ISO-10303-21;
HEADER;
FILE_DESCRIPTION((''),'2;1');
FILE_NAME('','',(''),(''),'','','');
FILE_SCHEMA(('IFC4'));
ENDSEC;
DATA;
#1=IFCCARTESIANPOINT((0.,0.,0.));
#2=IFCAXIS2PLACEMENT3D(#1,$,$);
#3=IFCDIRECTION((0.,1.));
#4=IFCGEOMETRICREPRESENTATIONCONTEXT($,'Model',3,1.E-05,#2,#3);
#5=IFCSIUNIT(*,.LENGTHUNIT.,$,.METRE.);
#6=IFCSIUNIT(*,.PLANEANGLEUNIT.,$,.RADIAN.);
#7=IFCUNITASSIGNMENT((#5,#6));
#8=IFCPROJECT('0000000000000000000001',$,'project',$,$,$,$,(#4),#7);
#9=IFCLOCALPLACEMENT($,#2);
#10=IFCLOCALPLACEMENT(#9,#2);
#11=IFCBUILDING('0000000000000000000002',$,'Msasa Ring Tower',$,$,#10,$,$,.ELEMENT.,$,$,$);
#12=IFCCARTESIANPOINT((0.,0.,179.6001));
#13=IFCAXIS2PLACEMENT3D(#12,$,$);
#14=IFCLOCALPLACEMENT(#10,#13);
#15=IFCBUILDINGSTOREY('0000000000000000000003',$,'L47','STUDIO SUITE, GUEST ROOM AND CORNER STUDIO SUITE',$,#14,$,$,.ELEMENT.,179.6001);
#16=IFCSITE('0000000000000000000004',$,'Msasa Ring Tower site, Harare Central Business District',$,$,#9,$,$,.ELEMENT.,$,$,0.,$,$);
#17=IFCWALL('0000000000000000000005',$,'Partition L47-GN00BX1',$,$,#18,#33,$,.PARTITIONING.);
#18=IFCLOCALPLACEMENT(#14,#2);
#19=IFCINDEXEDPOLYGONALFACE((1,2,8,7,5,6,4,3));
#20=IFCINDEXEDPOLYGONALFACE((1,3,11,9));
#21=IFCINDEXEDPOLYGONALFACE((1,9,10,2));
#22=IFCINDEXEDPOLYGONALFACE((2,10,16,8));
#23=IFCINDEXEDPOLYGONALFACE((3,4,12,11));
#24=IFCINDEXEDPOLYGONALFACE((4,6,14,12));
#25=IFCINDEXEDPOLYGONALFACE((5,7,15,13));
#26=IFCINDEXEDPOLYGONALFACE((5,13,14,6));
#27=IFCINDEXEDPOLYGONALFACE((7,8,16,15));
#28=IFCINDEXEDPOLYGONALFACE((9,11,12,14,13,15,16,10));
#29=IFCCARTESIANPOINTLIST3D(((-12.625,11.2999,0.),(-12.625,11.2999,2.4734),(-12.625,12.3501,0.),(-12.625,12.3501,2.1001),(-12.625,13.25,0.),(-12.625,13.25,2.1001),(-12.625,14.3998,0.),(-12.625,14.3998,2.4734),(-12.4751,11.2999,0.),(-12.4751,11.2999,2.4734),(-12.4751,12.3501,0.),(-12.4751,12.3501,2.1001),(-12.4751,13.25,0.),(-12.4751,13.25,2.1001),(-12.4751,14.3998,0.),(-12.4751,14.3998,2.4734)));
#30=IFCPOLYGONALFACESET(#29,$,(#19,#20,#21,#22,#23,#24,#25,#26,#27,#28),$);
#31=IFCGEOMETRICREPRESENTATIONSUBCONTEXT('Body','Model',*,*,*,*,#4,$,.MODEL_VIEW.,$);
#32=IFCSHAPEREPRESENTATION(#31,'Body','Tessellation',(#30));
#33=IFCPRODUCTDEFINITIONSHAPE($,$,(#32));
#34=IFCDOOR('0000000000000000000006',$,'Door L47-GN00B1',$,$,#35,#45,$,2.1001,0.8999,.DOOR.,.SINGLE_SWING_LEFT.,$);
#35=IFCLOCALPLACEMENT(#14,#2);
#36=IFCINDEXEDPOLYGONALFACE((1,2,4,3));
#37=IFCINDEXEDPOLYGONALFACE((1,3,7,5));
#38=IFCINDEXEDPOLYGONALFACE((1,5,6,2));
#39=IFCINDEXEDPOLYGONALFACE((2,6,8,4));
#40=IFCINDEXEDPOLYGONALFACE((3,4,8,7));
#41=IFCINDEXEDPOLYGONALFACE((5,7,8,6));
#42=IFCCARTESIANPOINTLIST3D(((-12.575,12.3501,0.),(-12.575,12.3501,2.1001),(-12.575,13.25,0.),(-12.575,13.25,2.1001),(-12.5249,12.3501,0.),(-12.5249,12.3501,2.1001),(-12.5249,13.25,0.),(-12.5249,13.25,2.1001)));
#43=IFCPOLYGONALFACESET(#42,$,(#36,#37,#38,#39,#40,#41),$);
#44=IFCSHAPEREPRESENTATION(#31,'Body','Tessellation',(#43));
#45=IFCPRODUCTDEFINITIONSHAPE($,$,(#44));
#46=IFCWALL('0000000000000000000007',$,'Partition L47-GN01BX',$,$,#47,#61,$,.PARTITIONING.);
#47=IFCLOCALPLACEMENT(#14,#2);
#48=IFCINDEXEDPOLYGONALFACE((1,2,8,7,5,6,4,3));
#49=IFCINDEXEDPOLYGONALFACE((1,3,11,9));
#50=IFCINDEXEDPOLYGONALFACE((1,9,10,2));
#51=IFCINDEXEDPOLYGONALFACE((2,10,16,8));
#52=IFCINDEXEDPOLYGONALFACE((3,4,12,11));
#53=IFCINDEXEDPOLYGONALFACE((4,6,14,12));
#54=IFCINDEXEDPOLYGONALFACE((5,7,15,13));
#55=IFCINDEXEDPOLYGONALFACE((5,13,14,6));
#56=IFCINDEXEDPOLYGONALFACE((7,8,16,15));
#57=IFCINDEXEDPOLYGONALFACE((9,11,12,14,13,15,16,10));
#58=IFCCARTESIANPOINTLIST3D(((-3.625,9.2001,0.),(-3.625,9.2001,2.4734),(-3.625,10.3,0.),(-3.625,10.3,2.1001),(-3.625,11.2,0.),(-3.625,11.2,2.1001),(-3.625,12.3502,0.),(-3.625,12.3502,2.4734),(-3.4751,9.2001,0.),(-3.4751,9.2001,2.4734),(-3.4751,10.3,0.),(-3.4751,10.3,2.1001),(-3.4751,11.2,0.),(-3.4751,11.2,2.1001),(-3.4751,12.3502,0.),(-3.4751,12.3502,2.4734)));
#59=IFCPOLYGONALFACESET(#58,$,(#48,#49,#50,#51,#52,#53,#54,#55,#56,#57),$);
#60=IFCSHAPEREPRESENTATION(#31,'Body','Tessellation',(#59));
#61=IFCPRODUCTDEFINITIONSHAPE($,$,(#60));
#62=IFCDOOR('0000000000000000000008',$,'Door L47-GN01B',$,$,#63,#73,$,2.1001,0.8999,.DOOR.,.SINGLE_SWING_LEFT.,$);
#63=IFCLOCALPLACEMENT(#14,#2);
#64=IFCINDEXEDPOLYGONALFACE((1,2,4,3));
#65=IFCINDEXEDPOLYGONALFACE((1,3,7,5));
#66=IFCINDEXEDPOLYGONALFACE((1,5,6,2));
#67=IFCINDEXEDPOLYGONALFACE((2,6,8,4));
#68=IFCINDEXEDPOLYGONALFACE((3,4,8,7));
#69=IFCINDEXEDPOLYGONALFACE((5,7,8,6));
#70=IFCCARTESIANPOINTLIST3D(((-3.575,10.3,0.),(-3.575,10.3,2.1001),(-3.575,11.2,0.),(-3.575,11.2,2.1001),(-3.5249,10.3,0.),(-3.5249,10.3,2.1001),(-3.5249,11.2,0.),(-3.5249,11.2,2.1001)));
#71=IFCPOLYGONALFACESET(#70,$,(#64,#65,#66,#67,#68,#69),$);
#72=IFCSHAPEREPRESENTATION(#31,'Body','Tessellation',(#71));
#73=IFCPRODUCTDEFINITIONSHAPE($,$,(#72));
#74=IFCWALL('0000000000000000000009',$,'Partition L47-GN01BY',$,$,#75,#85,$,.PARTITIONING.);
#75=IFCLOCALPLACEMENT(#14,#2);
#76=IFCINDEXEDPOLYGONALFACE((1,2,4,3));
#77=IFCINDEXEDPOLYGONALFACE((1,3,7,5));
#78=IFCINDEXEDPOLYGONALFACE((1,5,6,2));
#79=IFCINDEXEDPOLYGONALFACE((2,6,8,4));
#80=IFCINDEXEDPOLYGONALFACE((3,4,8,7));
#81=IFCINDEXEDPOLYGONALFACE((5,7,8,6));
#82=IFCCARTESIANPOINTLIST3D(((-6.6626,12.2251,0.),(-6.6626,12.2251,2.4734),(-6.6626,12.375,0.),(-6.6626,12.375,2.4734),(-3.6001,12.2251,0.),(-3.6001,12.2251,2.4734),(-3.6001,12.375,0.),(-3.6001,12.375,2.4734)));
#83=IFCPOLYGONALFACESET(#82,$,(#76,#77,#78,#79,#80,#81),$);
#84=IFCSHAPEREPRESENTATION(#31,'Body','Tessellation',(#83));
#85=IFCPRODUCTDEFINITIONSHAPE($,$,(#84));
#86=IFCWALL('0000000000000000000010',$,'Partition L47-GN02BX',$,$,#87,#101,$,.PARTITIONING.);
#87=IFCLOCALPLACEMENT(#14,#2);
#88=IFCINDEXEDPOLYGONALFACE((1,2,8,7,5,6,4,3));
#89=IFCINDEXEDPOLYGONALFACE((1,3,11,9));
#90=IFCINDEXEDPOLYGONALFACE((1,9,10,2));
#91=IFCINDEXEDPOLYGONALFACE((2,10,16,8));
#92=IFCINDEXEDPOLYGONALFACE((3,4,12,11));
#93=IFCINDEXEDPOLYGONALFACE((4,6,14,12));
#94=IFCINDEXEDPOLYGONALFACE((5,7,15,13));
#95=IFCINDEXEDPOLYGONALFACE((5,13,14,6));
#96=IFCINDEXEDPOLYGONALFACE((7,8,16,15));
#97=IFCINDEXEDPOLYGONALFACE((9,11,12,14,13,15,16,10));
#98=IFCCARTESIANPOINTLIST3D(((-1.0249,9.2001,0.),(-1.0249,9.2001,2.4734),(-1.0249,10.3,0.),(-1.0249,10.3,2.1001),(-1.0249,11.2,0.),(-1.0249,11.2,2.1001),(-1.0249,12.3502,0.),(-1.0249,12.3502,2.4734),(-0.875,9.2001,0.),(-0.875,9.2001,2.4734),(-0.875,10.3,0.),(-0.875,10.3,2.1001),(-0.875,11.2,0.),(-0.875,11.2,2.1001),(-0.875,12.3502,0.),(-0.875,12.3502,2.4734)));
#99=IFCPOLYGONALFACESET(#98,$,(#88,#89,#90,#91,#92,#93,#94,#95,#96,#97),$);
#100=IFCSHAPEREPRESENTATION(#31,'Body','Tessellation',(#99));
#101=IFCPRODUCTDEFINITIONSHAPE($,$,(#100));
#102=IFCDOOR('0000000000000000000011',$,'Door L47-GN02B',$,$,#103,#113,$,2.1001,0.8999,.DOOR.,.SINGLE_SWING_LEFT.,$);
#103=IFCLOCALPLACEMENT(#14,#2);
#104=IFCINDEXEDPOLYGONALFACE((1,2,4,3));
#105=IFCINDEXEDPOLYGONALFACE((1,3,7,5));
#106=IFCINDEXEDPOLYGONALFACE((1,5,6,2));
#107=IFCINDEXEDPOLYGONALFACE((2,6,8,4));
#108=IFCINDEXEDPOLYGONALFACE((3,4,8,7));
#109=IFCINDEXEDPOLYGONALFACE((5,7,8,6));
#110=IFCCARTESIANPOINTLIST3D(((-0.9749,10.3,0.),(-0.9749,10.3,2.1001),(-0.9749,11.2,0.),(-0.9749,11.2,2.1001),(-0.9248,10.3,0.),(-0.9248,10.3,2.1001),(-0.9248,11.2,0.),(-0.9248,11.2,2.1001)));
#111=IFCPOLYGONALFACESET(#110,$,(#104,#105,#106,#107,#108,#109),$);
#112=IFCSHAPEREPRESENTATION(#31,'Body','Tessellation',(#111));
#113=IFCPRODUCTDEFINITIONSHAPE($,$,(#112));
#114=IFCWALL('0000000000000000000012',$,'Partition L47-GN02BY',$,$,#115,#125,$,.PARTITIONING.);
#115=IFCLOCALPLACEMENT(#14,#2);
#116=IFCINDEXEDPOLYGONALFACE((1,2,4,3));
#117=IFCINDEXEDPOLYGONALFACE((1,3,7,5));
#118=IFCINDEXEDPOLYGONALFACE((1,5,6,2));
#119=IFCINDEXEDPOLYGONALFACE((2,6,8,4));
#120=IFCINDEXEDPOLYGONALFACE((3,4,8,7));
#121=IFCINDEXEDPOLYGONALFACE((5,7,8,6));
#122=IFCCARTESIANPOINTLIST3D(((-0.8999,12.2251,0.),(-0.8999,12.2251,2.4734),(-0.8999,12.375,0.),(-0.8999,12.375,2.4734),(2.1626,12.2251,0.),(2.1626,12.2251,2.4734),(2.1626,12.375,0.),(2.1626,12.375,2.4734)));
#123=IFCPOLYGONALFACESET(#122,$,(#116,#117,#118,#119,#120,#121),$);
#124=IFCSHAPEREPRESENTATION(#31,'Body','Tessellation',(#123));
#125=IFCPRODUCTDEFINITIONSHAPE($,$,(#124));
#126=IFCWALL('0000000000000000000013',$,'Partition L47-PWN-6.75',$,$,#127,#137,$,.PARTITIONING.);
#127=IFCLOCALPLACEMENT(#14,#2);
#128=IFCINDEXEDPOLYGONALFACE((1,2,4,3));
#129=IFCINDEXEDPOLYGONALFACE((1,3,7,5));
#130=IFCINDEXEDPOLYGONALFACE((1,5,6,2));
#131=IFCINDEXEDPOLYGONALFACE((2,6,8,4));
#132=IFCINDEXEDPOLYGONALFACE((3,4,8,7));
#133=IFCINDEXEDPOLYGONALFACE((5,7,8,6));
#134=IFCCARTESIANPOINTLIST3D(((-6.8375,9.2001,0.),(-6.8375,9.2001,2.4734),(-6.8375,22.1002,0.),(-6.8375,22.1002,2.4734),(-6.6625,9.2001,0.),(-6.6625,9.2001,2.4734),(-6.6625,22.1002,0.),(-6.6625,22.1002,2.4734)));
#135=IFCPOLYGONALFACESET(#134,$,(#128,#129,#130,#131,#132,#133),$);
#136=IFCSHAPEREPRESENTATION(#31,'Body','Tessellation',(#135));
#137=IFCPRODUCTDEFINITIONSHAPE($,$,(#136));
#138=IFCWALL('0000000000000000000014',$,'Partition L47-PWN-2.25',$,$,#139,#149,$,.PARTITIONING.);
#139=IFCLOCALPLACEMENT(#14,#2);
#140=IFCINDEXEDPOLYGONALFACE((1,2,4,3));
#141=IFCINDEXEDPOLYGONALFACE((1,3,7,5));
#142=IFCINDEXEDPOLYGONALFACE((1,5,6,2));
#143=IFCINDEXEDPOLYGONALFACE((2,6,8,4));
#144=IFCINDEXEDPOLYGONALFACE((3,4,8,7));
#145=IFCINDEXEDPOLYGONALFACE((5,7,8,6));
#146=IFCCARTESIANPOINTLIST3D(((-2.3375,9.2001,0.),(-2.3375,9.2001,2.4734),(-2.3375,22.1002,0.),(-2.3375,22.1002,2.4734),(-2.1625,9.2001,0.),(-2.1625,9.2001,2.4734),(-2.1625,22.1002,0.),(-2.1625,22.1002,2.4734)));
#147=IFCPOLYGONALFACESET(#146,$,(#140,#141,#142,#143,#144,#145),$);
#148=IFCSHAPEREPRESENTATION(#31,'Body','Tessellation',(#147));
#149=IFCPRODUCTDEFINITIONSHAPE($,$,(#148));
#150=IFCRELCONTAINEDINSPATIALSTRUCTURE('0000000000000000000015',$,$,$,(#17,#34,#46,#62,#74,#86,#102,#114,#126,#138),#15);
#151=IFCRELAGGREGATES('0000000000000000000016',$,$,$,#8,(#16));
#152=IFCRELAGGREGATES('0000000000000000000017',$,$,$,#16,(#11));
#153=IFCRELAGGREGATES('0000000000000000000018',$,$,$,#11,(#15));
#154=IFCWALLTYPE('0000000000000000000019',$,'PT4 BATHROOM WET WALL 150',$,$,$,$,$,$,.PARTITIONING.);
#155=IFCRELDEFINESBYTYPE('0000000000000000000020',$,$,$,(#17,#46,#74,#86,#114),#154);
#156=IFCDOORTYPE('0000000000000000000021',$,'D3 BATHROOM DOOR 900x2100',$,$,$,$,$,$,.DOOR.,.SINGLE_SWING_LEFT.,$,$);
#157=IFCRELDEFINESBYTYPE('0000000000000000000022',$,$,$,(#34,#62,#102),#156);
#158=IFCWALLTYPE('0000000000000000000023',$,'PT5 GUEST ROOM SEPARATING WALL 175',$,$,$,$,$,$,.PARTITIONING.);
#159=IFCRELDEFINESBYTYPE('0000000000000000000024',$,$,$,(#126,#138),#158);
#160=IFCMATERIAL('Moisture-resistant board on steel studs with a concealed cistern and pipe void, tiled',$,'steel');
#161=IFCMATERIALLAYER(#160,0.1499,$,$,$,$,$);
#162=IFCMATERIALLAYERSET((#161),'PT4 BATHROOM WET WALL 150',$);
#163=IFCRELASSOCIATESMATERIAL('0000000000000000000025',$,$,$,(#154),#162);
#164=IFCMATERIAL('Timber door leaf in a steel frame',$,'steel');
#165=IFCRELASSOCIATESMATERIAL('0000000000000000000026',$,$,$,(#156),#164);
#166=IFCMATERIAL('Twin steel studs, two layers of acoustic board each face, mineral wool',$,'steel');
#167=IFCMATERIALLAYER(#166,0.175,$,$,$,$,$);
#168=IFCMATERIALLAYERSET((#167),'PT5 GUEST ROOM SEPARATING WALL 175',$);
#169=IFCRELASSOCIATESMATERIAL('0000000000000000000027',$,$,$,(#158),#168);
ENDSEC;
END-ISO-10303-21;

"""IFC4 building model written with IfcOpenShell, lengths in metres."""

from ifc_helpers import new_model, si_unit, direction, frame, frame_2d, origin, place, context, subcontext, project, spatial, rectangle, extrude, material, layer, layer_set, type_object, element, fill, save


model = new_model("IFC4")

# Units and contexts
model_context = context("Model", 3, precision=1e-05, world=origin(), true_north=direction((0.0, 1.0)))
body_context = subcontext(model_context, "Body", "Model", "MODEL_VIEW")
ifc_project = project(units=[si_unit("LENGTHUNIT", "METRE"), si_unit("PLANEANGLEUNIT", "RADIAN")], contexts=[model_context])

# Site, building, storey
site_placement = place(None, origin())
site = spatial("IfcSite", under=ifc_project, at=site_placement, Name="Msasa Ring Tower site, Harare Central Business District", CompositionType="ELEMENT", RefElevation=0.0)
building_placement = place(site_placement, origin())
building = spatial("IfcBuilding", under=site, at=building_placement, Name="Msasa Ring Tower", CompositionType="ELEMENT")
storey_placement = place(building_placement, frame((0.0, 0.0, 179.6001)))
storey = spatial("IfcBuildingStorey", under=building, at=storey_placement, Name="L47", Description="STUDIO SUITE, GUEST ROOM AND CORNER STUDIO SUITE", CompositionType="ELEMENT", Elevation=179.6001)

# Walls, openings, doors
ifc_material_1 = material(Name="Moisture-resistant board on steel studs with a concealed cistern and pipe void, tiled", Category="steel")
ifc_layer_1 = layer(ifc_material_1, 0.1499)
ifc_layer_set_1 = layer_set([ifc_layer_1], Name="PT4 BATHROOM WET WALL 150")
wall_type_1 = type_object("IfcWallType", Name="PT4 BATHROOM WET WALL 150", PredefinedType="PARTITIONING", material=ifc_layer_set_1)
wall_1_placement = place(storey_placement, frame((-12.55, 11.3, 0.0), z_axis=(0.0, 0.0, 1.0), x_axis=(0.0, 1.0, 0.0)))
wall_1 = element("IfcWall", 1, at=wall_1_placement, inside=storey, type_object=wall_type_1, Name="Partition L47-GN00BX1", PredefinedType="PARTITIONING", context=body_context, shape_type="SweptSolid", body=[
    extrude(rectangle(XDim=3.0999, YDim=0.1499, at=frame_2d((1.5498, 0.0))), origin(), (0.0, 0.0, 1.0), 2.4734),
])
opening_1_placement = place(wall_1_placement, frame((1.05, 0.0, 0.0)))
opening_1 = element("IfcOpeningElement", 2, at=opening_1_placement, cuts=wall_1, PredefinedType="OPENING", context=body_context, shape_type="SweptSolid", body=[
    extrude(rectangle(XDim=0.8999, YDim=2.1001, at=frame_2d((0.45, 1.05))), frame((0.0, 0.085, 0.0), z_axis=(0.0, -1.0, 0.0), x_axis=(1.0, 0.0, 0.0)), (0.0, 0.0, 1.0), 0.1699),
])
ifc_material_2 = material(Name="Timber door leaf in a steel frame", Category="steel")
door_type_1 = type_object("IfcDoorType", Name="D3 BATHROOM DOOR 900x2100", OperationType="SINGLE_SWING_LEFT", PredefinedType="DOOR", material=ifc_material_2)
door_1_placement = place(opening_1_placement, origin())
door_1 = element("IfcDoor", 3, at=door_1_placement, inside=storey, type_object=door_type_1, Name="Door L47-GN00B1", OperationType="SINGLE_SWING_LEFT", OverallHeight=2.1001, OverallWidth=0.8999, PredefinedType="DOOR", context=body_context, shape_type="SweptSolid", body=[
    extrude(rectangle(XDim=0.8999, YDim=2.1001, at=frame_2d((0.45, 1.05))), frame((0.0, 0.0249, 0.0), z_axis=(0.0, -1.0, 0.0), x_axis=(1.0, 0.0, 0.0)), (0.0, 0.0, 1.0), 0.05),
])
fill(opening_1, door_1)
wall_2_placement = place(storey_placement, frame((-3.55, 9.2, 0.0), z_axis=(0.0, 0.0, 1.0), x_axis=(0.0, 1.0, 0.0)))
wall_2 = element("IfcWall", 4, at=wall_2_placement, inside=storey, type_object=wall_type_1, Name="Partition L47-GN01BX", PredefinedType="PARTITIONING", context=body_context, shape_type="SweptSolid", body=[
    extrude(rectangle(XDim=3.1501, YDim=0.1499, at=frame_2d((1.5752, 0.0))), origin(), (0.0, 0.0, 1.0), 2.4734),
])
opening_2_placement = place(wall_2_placement, frame((1.1001, 0.0, 0.0)))
opening_2 = element("IfcOpeningElement", 5, at=opening_2_placement, cuts=wall_2, PredefinedType="OPENING", context=body_context, shape_type="SweptSolid", body=[
    extrude(rectangle(XDim=0.8999, YDim=2.1001, at=frame_2d((0.45, 1.05))), frame((0.0, 0.085, 0.0), z_axis=(0.0, -1.0, 0.0), x_axis=(1.0, 0.0, 0.0)), (0.0, 0.0, 1.0), 0.1699),
])
door_2_placement = place(opening_2_placement, origin())
door_2 = element("IfcDoor", 6, at=door_2_placement, inside=storey, type_object=door_type_1, Name="Door L47-GN01B", OperationType="SINGLE_SWING_LEFT", OverallHeight=2.1001, OverallWidth=0.8999, PredefinedType="DOOR", context=body_context, shape_type="SweptSolid", body=[
    extrude(rectangle(XDim=0.8999, YDim=2.1001, at=frame_2d((0.45, 1.05))), frame((0.0, 0.0249, 0.0), z_axis=(0.0, -1.0, 0.0), x_axis=(1.0, 0.0, 0.0)), (0.0, 0.0, 1.0), 0.05),
])
fill(opening_2, door_2)

# Wall
wall_3_placement = place(storey_placement, frame((-6.6626, 12.3, 0.0), z_axis=(0.0, 0.0, 1.0), x_axis=(1.0, 0.0, 0.0)))
element("IfcWall", 7, at=wall_3_placement, inside=storey, type_object=wall_type_1, Name="Partition L47-GN01BY", PredefinedType="PARTITIONING", context=body_context, shape_type="SweptSolid", body=[
    extrude(rectangle(XDim=3.0625, YDim=0.1499, at=frame_2d((1.5312, 0.0))), origin(), (0.0, 0.0, 1.0), 2.4734),
])

# Wall, opening, door
wall_4_placement = place(storey_placement, frame((-0.95, 9.2, 0.0), z_axis=(0.0, 0.0, 1.0), x_axis=(0.0, 1.0, 0.0)))
wall_4 = element("IfcWall", 8, at=wall_4_placement, inside=storey, type_object=wall_type_1, Name="Partition L47-GN02BX", PredefinedType="PARTITIONING", context=body_context, shape_type="SweptSolid", body=[
    extrude(rectangle(XDim=3.1501, YDim=0.1499, at=frame_2d((1.5752, 0.0))), origin(), (0.0, 0.0, 1.0), 2.4734),
])
opening_3_placement = place(wall_4_placement, frame((1.1001, 0.0, 0.0)))
opening_3 = element("IfcOpeningElement", 9, at=opening_3_placement, cuts=wall_4, PredefinedType="OPENING", context=body_context, shape_type="SweptSolid", body=[
    extrude(rectangle(XDim=0.8999, YDim=2.1001, at=frame_2d((0.45, 1.05))), frame((0.0, 0.085, 0.0), z_axis=(0.0, -1.0, 0.0), x_axis=(1.0, 0.0, 0.0)), (0.0, 0.0, 1.0), 0.1699),
])
door_3_placement = place(opening_3_placement, origin())
door_3 = element("IfcDoor", 10, at=door_3_placement, inside=storey, type_object=door_type_1, Name="Door L47-GN02B", OperationType="SINGLE_SWING_LEFT", OverallHeight=2.1001, OverallWidth=0.8999, PredefinedType="DOOR", context=body_context, shape_type="SweptSolid", body=[
    extrude(rectangle(XDim=0.8999, YDim=2.1001, at=frame_2d((0.45, 1.05))), frame((0.0, 0.0249, 0.0), z_axis=(0.0, -1.0, 0.0), x_axis=(1.0, 0.0, 0.0)), (0.0, 0.0, 1.0), 0.05),
])
fill(opening_3, door_3)

# Walls
wall_5_placement = place(storey_placement, frame((-0.8999, 12.3, 0.0), z_axis=(0.0, 0.0, 1.0), x_axis=(1.0, 0.0, 0.0)))
element("IfcWall", 11, at=wall_5_placement, inside=storey, type_object=wall_type_1, Name="Partition L47-GN02BY", PredefinedType="PARTITIONING", context=body_context, shape_type="SweptSolid", body=[
    extrude(rectangle(XDim=3.0625, YDim=0.1499, at=frame_2d((1.5312, 0.0))), origin(), (0.0, 0.0, 1.0), 2.4734),
])
ifc_material_3 = material(Name="Twin steel studs, two layers of acoustic board each face, mineral wool", Category="steel")
ifc_layer_2 = layer(ifc_material_3, 0.175)
ifc_layer_set_2 = layer_set([ifc_layer_2], Name="PT5 GUEST ROOM SEPARATING WALL 175")
wall_type_2 = type_object("IfcWallType", Name="PT5 GUEST ROOM SEPARATING WALL 175", PredefinedType="PARTITIONING", material=ifc_layer_set_2)
for number, where, z_axis, x_axis, name in (
    (12, (-6.75, 9.2, 0.0), (0.0, 0.0, 1.0), (0.0, 1.0, 0.0), "Partition L47-PWN-6.75"),
    (13, (-2.25, 9.2, 0.0), (0.0, 0.0, 1.0), (0.0, 1.0, 0.0), "Partition L47-PWN-2.25"),
):
    element("IfcWall", number, at=place(storey_placement, frame(where, z_axis=z_axis, x_axis=x_axis)), inside=storey, type_object=wall_type_2, Name=name, PredefinedType="PARTITIONING", context=body_context, shape_type="SweptSolid", body=[
        extrude(rectangle(XDim=12.9001, YDim=0.175, at=frame_2d((6.4502, 0.0))), origin(), (0.0, 0.0, 1.0), 2.4734),
    ])

save(model, "model.ifc")
